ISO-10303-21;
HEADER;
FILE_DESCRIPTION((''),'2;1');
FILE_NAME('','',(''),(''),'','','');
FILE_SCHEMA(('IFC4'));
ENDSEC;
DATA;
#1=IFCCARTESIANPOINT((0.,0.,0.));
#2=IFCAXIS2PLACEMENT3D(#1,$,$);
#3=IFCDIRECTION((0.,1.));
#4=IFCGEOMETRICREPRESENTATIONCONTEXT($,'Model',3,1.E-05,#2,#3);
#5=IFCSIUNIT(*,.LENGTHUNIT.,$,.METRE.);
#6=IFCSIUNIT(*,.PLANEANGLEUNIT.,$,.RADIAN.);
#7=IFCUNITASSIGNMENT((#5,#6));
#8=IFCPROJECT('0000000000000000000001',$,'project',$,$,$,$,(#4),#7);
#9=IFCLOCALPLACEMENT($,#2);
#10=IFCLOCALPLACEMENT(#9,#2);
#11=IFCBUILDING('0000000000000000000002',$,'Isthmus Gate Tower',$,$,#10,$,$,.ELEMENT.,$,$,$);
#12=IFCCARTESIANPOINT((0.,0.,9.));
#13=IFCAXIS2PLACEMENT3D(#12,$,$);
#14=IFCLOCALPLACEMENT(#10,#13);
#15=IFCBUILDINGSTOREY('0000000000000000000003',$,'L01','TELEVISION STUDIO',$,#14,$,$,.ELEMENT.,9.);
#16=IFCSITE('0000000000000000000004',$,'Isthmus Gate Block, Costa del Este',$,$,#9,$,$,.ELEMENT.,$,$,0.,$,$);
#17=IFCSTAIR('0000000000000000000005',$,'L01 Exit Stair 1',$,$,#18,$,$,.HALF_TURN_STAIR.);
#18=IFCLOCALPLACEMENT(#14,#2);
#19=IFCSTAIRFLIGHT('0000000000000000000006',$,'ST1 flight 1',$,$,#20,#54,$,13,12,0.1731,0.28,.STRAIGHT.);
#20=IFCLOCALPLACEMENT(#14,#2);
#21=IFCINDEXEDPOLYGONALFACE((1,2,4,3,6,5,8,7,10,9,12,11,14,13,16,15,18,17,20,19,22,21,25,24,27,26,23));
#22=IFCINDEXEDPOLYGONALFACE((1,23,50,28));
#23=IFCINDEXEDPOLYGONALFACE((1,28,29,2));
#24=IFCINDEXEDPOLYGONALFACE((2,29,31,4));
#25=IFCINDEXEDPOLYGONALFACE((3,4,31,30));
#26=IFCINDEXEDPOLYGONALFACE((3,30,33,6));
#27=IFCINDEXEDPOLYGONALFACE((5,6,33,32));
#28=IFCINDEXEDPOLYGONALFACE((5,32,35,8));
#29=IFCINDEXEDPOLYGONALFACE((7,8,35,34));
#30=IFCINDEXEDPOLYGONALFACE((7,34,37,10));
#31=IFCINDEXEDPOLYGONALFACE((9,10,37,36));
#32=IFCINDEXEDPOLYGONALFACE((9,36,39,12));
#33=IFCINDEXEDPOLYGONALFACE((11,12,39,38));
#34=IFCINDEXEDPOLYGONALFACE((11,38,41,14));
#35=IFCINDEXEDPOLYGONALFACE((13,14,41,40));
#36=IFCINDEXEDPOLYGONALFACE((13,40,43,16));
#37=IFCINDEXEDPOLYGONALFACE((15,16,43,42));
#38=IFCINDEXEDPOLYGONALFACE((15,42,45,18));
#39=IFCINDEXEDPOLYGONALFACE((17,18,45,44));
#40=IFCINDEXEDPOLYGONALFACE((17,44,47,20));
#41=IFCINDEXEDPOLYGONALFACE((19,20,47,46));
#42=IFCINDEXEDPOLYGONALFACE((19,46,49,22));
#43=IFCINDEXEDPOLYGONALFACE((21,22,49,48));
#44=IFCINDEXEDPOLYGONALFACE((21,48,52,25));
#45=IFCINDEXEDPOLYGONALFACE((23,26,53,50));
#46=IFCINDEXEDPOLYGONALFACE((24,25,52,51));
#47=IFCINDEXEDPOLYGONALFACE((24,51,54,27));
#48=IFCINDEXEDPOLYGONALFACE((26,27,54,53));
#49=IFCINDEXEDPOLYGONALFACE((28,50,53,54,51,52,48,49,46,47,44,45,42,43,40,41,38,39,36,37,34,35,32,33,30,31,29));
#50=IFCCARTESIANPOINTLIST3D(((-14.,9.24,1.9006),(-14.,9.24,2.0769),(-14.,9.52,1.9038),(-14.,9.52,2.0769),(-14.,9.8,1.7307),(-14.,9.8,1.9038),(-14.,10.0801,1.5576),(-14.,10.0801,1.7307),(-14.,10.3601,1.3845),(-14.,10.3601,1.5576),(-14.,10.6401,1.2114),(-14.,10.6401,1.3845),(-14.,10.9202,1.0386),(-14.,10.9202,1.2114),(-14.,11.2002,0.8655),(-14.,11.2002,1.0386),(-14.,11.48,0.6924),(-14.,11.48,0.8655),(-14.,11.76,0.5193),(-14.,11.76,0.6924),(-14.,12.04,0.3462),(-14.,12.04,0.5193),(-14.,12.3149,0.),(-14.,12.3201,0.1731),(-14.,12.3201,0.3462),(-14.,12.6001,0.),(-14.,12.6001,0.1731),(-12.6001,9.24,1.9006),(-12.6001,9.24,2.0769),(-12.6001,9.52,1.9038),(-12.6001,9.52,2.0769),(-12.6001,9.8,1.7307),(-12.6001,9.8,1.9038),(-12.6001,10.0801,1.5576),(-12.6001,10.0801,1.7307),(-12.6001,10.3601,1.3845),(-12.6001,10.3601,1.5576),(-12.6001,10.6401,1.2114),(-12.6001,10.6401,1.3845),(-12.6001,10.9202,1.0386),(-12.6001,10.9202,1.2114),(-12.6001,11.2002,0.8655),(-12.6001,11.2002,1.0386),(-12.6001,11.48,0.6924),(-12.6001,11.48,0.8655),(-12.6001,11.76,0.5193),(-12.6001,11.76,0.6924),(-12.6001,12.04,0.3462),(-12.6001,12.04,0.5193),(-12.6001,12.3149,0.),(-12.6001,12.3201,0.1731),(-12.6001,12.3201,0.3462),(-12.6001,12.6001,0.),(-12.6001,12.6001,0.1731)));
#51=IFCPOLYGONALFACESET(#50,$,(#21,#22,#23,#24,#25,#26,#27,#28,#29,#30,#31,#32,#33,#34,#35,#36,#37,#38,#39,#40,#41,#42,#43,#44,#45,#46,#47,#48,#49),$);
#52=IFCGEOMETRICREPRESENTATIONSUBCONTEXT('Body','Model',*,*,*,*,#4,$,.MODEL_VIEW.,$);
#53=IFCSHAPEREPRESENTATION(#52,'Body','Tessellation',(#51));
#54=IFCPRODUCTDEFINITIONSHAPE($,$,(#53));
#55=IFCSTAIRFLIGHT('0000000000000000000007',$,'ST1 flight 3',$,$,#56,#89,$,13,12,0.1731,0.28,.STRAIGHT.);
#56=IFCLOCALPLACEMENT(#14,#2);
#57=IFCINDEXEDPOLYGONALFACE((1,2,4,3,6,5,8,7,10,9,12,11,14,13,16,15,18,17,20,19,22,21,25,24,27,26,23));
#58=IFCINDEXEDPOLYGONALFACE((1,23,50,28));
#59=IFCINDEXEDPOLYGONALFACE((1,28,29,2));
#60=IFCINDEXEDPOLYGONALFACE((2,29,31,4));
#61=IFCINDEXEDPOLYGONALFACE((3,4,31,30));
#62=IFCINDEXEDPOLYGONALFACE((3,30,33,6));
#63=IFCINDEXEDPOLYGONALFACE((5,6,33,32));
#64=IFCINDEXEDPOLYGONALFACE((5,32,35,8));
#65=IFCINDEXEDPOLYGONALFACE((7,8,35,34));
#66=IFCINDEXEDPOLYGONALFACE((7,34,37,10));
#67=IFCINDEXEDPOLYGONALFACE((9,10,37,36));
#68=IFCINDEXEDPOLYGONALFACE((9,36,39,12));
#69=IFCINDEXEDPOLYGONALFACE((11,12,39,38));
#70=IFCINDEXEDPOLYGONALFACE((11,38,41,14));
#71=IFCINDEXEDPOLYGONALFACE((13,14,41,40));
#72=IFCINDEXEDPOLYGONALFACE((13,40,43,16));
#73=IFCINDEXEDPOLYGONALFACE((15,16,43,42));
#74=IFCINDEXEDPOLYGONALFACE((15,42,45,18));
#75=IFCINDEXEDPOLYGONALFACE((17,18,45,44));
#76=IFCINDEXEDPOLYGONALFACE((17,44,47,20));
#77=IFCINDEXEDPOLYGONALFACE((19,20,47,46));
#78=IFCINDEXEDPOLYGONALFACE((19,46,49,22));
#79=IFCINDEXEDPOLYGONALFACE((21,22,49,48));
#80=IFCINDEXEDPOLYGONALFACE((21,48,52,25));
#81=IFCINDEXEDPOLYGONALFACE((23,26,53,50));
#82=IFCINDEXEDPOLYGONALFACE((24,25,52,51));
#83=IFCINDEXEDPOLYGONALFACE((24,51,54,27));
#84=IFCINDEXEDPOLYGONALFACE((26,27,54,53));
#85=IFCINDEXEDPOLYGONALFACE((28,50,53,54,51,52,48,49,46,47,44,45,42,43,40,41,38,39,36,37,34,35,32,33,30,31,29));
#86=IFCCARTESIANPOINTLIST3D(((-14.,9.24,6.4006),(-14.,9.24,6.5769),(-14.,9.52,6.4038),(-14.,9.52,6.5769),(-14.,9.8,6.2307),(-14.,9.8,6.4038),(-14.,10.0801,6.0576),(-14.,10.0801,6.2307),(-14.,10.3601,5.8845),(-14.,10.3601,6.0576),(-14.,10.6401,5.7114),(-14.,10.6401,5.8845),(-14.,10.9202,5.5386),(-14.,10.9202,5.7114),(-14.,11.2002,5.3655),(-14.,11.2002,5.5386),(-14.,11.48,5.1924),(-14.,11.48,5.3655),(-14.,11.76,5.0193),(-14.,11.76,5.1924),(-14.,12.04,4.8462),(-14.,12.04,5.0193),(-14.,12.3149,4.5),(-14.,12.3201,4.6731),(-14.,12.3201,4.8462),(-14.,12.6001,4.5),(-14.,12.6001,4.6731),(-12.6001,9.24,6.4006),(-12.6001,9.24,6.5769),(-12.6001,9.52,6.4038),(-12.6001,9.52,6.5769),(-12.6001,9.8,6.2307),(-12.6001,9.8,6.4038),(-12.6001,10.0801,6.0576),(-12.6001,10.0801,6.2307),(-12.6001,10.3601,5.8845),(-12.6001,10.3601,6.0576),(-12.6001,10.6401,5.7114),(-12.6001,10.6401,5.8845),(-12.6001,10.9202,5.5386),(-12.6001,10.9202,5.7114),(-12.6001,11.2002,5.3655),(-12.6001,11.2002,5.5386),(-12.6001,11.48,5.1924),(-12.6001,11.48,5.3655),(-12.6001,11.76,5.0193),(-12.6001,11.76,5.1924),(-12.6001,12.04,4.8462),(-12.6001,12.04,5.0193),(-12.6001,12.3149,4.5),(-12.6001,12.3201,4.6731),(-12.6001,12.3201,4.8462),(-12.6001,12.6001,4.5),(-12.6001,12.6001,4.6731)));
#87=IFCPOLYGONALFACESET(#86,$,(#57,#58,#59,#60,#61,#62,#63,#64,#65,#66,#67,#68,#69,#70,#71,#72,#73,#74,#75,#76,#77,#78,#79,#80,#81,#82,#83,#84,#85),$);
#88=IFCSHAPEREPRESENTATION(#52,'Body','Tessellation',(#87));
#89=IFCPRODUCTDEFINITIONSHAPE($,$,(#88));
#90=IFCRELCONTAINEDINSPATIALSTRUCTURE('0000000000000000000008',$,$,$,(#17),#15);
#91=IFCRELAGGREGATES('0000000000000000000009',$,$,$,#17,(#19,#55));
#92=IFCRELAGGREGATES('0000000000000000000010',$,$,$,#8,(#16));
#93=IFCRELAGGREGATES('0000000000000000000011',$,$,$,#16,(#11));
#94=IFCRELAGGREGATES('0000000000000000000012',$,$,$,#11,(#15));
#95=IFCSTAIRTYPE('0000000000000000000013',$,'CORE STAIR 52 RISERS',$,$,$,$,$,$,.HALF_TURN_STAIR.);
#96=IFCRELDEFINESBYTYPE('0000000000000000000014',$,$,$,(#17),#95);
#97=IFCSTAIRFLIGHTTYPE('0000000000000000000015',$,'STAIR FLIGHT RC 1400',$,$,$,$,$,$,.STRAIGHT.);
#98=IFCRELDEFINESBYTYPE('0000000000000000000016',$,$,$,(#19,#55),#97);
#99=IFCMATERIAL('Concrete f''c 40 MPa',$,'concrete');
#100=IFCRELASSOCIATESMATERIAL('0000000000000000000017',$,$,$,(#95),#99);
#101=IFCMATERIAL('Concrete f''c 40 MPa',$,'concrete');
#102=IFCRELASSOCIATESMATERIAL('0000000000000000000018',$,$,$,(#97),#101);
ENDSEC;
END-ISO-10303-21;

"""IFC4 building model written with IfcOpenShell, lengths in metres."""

from ifc_helpers import new_model, si_unit, direction, frame, origin, place, context, subcontext, project, spatial, polyline, outline, extrude, material, type_object, element, aggregate, save


model = new_model("IFC4")

# Units and contexts
model_context = context("Model", 3, precision=1e-05, world=origin(), true_north=direction((0.0, 1.0)))
body_context = subcontext(model_context, "Body", "Model", "MODEL_VIEW")
ifc_project = project(units=[si_unit("LENGTHUNIT", "METRE"), si_unit("PLANEANGLEUNIT", "RADIAN")], contexts=[model_context])

# Site, building, storey
site_placement = place(None, origin())
site = spatial("IfcSite", under=ifc_project, at=site_placement, Name="Isthmus Gate Block, Costa del Este", CompositionType="ELEMENT", RefElevation=0.0)
building_placement = place(site_placement, origin())
building = spatial("IfcBuilding", under=site, at=building_placement, Name="Isthmus Gate Tower", CompositionType="ELEMENT")
storey_placement = place(building_placement, frame((0.0, 0.0, 9.0)))
storey = spatial("IfcBuildingStorey", under=building, at=storey_placement, Name="L01", Description="TELEVISION STUDIO", CompositionType="ELEMENT", Elevation=9.0)

# Stair, stair flights
ifc_material_1 = material(Name="Concrete f'c 40 MPa", Category="concrete")
stair_type = type_object("IfcStairType", Name="CORE STAIR 52 RISERS", PredefinedType="HALF_TURN_STAIR", material=ifc_material_1)
stair_placement = place(storey_placement, origin())
stair = element("IfcStair", 1, at=stair_placement, inside=storey, type_object=stair_type, Name="L01 Exit Stair 1", PredefinedType="HALF_TURN_STAIR")
ifc_material_2 = material(Name="Concrete f'c 40 MPa", Category="concrete")
stair_flight_type = type_object("IfcStairFlightType", Name="STAIR FLIGHT RC 1400", PredefinedType="STRAIGHT", material=ifc_material_2)
stair_flight_1_placement = place(storey_placement, frame((-13.3, 12.6001, 0.0), z_axis=(0.0, 0.0, 1.0), x_axis=(0.0, -1.0, 0.0)))
stair_flight_1 = element("IfcStairFlight", 2, at=stair_flight_1_placement, type_object=stair_flight_type, Name="ST1 flight 1", NumberOfRisers=13, NumberOfTreads=12, PredefinedType="STRAIGHT", RiserHeight=0.1731, TreadLength=0.28, context=body_context, shape_type="SweptSolid", body=[
    extrude(outline(polyline([(0.0, 0.0), (0.0, 0.1731), (0.28, 0.1731), (0.28, 0.3462), (0.5601, 0.3462), (0.5601, 0.5193), (0.8401, 0.5193), (0.8401, 0.6924), (1.1201, 0.6924), (1.1201, 0.8655), (1.3999, 0.8655), (1.3999, 1.0386), (1.6799, 1.0386), (1.6799, 1.2114), (1.96, 1.2114), (1.96, 1.3845), (2.24, 1.3845), (2.24, 1.5576), (2.52, 1.5576), (2.52, 1.7307), (2.8, 1.7307), (2.8, 1.9038), (3.0801, 1.9038), (3.0801, 2.0769), (3.3601, 2.0769), (3.3601, 2.25), (3.3601, 1.9006), (0.2852, 0.0), (0.0, 0.0)])), frame((0.0, 0.7, 0.0), z_axis=(0.0, -1.0, 0.0), x_axis=(1.0, 0.0, 0.0)), (0.0, 0.0, 1.0), 1.3999),
])
stair_flight_2_placement = place(storey_placement, frame((-13.3, 12.6001, 4.5), z_axis=(0.0, 0.0, 1.0), x_axis=(0.0, -1.0, 0.0)))
stair_flight_2 = element("IfcStairFlight", 3, at=stair_flight_2_placement, type_object=stair_flight_type, Name="ST1 flight 3", NumberOfRisers=13, NumberOfTreads=12, PredefinedType="STRAIGHT", RiserHeight=0.1731, TreadLength=0.28, context=body_context, shape_type="SweptSolid", body=[
    extrude(outline(polyline([(0.0, 0.0), (0.0, 0.1731), (0.28, 0.1731), (0.28, 0.3462), (0.5601, 0.3462), (0.5601, 0.5193), (0.8401, 0.5193), (0.8401, 0.6924), (1.1201, 0.6924), (1.1201, 0.8655), (1.3999, 0.8655), (1.3999, 1.0386), (1.6799, 1.0386), (1.6799, 1.2114), (1.96, 1.2114), (1.96, 1.3845), (2.24, 1.3845), (2.24, 1.5576), (2.52, 1.5576), (2.52, 1.7307), (2.8, 1.7307), (2.8, 1.9038), (3.0801, 1.9038), (3.0801, 2.0769), (3.3601, 2.0769), (3.3601, 2.25), (3.3601, 1.9006), (0.2852, 0.0), (0.0, 0.0)])), frame((0.0, 0.7, 0.0), z_axis=(0.0, -1.0, 0.0), x_axis=(1.0, 0.0, 0.0)), (0.0, 0.0, 1.0), 1.3999),
])
aggregate(stair, [stair_flight_1, stair_flight_2])

save(model, "model.ifc")
